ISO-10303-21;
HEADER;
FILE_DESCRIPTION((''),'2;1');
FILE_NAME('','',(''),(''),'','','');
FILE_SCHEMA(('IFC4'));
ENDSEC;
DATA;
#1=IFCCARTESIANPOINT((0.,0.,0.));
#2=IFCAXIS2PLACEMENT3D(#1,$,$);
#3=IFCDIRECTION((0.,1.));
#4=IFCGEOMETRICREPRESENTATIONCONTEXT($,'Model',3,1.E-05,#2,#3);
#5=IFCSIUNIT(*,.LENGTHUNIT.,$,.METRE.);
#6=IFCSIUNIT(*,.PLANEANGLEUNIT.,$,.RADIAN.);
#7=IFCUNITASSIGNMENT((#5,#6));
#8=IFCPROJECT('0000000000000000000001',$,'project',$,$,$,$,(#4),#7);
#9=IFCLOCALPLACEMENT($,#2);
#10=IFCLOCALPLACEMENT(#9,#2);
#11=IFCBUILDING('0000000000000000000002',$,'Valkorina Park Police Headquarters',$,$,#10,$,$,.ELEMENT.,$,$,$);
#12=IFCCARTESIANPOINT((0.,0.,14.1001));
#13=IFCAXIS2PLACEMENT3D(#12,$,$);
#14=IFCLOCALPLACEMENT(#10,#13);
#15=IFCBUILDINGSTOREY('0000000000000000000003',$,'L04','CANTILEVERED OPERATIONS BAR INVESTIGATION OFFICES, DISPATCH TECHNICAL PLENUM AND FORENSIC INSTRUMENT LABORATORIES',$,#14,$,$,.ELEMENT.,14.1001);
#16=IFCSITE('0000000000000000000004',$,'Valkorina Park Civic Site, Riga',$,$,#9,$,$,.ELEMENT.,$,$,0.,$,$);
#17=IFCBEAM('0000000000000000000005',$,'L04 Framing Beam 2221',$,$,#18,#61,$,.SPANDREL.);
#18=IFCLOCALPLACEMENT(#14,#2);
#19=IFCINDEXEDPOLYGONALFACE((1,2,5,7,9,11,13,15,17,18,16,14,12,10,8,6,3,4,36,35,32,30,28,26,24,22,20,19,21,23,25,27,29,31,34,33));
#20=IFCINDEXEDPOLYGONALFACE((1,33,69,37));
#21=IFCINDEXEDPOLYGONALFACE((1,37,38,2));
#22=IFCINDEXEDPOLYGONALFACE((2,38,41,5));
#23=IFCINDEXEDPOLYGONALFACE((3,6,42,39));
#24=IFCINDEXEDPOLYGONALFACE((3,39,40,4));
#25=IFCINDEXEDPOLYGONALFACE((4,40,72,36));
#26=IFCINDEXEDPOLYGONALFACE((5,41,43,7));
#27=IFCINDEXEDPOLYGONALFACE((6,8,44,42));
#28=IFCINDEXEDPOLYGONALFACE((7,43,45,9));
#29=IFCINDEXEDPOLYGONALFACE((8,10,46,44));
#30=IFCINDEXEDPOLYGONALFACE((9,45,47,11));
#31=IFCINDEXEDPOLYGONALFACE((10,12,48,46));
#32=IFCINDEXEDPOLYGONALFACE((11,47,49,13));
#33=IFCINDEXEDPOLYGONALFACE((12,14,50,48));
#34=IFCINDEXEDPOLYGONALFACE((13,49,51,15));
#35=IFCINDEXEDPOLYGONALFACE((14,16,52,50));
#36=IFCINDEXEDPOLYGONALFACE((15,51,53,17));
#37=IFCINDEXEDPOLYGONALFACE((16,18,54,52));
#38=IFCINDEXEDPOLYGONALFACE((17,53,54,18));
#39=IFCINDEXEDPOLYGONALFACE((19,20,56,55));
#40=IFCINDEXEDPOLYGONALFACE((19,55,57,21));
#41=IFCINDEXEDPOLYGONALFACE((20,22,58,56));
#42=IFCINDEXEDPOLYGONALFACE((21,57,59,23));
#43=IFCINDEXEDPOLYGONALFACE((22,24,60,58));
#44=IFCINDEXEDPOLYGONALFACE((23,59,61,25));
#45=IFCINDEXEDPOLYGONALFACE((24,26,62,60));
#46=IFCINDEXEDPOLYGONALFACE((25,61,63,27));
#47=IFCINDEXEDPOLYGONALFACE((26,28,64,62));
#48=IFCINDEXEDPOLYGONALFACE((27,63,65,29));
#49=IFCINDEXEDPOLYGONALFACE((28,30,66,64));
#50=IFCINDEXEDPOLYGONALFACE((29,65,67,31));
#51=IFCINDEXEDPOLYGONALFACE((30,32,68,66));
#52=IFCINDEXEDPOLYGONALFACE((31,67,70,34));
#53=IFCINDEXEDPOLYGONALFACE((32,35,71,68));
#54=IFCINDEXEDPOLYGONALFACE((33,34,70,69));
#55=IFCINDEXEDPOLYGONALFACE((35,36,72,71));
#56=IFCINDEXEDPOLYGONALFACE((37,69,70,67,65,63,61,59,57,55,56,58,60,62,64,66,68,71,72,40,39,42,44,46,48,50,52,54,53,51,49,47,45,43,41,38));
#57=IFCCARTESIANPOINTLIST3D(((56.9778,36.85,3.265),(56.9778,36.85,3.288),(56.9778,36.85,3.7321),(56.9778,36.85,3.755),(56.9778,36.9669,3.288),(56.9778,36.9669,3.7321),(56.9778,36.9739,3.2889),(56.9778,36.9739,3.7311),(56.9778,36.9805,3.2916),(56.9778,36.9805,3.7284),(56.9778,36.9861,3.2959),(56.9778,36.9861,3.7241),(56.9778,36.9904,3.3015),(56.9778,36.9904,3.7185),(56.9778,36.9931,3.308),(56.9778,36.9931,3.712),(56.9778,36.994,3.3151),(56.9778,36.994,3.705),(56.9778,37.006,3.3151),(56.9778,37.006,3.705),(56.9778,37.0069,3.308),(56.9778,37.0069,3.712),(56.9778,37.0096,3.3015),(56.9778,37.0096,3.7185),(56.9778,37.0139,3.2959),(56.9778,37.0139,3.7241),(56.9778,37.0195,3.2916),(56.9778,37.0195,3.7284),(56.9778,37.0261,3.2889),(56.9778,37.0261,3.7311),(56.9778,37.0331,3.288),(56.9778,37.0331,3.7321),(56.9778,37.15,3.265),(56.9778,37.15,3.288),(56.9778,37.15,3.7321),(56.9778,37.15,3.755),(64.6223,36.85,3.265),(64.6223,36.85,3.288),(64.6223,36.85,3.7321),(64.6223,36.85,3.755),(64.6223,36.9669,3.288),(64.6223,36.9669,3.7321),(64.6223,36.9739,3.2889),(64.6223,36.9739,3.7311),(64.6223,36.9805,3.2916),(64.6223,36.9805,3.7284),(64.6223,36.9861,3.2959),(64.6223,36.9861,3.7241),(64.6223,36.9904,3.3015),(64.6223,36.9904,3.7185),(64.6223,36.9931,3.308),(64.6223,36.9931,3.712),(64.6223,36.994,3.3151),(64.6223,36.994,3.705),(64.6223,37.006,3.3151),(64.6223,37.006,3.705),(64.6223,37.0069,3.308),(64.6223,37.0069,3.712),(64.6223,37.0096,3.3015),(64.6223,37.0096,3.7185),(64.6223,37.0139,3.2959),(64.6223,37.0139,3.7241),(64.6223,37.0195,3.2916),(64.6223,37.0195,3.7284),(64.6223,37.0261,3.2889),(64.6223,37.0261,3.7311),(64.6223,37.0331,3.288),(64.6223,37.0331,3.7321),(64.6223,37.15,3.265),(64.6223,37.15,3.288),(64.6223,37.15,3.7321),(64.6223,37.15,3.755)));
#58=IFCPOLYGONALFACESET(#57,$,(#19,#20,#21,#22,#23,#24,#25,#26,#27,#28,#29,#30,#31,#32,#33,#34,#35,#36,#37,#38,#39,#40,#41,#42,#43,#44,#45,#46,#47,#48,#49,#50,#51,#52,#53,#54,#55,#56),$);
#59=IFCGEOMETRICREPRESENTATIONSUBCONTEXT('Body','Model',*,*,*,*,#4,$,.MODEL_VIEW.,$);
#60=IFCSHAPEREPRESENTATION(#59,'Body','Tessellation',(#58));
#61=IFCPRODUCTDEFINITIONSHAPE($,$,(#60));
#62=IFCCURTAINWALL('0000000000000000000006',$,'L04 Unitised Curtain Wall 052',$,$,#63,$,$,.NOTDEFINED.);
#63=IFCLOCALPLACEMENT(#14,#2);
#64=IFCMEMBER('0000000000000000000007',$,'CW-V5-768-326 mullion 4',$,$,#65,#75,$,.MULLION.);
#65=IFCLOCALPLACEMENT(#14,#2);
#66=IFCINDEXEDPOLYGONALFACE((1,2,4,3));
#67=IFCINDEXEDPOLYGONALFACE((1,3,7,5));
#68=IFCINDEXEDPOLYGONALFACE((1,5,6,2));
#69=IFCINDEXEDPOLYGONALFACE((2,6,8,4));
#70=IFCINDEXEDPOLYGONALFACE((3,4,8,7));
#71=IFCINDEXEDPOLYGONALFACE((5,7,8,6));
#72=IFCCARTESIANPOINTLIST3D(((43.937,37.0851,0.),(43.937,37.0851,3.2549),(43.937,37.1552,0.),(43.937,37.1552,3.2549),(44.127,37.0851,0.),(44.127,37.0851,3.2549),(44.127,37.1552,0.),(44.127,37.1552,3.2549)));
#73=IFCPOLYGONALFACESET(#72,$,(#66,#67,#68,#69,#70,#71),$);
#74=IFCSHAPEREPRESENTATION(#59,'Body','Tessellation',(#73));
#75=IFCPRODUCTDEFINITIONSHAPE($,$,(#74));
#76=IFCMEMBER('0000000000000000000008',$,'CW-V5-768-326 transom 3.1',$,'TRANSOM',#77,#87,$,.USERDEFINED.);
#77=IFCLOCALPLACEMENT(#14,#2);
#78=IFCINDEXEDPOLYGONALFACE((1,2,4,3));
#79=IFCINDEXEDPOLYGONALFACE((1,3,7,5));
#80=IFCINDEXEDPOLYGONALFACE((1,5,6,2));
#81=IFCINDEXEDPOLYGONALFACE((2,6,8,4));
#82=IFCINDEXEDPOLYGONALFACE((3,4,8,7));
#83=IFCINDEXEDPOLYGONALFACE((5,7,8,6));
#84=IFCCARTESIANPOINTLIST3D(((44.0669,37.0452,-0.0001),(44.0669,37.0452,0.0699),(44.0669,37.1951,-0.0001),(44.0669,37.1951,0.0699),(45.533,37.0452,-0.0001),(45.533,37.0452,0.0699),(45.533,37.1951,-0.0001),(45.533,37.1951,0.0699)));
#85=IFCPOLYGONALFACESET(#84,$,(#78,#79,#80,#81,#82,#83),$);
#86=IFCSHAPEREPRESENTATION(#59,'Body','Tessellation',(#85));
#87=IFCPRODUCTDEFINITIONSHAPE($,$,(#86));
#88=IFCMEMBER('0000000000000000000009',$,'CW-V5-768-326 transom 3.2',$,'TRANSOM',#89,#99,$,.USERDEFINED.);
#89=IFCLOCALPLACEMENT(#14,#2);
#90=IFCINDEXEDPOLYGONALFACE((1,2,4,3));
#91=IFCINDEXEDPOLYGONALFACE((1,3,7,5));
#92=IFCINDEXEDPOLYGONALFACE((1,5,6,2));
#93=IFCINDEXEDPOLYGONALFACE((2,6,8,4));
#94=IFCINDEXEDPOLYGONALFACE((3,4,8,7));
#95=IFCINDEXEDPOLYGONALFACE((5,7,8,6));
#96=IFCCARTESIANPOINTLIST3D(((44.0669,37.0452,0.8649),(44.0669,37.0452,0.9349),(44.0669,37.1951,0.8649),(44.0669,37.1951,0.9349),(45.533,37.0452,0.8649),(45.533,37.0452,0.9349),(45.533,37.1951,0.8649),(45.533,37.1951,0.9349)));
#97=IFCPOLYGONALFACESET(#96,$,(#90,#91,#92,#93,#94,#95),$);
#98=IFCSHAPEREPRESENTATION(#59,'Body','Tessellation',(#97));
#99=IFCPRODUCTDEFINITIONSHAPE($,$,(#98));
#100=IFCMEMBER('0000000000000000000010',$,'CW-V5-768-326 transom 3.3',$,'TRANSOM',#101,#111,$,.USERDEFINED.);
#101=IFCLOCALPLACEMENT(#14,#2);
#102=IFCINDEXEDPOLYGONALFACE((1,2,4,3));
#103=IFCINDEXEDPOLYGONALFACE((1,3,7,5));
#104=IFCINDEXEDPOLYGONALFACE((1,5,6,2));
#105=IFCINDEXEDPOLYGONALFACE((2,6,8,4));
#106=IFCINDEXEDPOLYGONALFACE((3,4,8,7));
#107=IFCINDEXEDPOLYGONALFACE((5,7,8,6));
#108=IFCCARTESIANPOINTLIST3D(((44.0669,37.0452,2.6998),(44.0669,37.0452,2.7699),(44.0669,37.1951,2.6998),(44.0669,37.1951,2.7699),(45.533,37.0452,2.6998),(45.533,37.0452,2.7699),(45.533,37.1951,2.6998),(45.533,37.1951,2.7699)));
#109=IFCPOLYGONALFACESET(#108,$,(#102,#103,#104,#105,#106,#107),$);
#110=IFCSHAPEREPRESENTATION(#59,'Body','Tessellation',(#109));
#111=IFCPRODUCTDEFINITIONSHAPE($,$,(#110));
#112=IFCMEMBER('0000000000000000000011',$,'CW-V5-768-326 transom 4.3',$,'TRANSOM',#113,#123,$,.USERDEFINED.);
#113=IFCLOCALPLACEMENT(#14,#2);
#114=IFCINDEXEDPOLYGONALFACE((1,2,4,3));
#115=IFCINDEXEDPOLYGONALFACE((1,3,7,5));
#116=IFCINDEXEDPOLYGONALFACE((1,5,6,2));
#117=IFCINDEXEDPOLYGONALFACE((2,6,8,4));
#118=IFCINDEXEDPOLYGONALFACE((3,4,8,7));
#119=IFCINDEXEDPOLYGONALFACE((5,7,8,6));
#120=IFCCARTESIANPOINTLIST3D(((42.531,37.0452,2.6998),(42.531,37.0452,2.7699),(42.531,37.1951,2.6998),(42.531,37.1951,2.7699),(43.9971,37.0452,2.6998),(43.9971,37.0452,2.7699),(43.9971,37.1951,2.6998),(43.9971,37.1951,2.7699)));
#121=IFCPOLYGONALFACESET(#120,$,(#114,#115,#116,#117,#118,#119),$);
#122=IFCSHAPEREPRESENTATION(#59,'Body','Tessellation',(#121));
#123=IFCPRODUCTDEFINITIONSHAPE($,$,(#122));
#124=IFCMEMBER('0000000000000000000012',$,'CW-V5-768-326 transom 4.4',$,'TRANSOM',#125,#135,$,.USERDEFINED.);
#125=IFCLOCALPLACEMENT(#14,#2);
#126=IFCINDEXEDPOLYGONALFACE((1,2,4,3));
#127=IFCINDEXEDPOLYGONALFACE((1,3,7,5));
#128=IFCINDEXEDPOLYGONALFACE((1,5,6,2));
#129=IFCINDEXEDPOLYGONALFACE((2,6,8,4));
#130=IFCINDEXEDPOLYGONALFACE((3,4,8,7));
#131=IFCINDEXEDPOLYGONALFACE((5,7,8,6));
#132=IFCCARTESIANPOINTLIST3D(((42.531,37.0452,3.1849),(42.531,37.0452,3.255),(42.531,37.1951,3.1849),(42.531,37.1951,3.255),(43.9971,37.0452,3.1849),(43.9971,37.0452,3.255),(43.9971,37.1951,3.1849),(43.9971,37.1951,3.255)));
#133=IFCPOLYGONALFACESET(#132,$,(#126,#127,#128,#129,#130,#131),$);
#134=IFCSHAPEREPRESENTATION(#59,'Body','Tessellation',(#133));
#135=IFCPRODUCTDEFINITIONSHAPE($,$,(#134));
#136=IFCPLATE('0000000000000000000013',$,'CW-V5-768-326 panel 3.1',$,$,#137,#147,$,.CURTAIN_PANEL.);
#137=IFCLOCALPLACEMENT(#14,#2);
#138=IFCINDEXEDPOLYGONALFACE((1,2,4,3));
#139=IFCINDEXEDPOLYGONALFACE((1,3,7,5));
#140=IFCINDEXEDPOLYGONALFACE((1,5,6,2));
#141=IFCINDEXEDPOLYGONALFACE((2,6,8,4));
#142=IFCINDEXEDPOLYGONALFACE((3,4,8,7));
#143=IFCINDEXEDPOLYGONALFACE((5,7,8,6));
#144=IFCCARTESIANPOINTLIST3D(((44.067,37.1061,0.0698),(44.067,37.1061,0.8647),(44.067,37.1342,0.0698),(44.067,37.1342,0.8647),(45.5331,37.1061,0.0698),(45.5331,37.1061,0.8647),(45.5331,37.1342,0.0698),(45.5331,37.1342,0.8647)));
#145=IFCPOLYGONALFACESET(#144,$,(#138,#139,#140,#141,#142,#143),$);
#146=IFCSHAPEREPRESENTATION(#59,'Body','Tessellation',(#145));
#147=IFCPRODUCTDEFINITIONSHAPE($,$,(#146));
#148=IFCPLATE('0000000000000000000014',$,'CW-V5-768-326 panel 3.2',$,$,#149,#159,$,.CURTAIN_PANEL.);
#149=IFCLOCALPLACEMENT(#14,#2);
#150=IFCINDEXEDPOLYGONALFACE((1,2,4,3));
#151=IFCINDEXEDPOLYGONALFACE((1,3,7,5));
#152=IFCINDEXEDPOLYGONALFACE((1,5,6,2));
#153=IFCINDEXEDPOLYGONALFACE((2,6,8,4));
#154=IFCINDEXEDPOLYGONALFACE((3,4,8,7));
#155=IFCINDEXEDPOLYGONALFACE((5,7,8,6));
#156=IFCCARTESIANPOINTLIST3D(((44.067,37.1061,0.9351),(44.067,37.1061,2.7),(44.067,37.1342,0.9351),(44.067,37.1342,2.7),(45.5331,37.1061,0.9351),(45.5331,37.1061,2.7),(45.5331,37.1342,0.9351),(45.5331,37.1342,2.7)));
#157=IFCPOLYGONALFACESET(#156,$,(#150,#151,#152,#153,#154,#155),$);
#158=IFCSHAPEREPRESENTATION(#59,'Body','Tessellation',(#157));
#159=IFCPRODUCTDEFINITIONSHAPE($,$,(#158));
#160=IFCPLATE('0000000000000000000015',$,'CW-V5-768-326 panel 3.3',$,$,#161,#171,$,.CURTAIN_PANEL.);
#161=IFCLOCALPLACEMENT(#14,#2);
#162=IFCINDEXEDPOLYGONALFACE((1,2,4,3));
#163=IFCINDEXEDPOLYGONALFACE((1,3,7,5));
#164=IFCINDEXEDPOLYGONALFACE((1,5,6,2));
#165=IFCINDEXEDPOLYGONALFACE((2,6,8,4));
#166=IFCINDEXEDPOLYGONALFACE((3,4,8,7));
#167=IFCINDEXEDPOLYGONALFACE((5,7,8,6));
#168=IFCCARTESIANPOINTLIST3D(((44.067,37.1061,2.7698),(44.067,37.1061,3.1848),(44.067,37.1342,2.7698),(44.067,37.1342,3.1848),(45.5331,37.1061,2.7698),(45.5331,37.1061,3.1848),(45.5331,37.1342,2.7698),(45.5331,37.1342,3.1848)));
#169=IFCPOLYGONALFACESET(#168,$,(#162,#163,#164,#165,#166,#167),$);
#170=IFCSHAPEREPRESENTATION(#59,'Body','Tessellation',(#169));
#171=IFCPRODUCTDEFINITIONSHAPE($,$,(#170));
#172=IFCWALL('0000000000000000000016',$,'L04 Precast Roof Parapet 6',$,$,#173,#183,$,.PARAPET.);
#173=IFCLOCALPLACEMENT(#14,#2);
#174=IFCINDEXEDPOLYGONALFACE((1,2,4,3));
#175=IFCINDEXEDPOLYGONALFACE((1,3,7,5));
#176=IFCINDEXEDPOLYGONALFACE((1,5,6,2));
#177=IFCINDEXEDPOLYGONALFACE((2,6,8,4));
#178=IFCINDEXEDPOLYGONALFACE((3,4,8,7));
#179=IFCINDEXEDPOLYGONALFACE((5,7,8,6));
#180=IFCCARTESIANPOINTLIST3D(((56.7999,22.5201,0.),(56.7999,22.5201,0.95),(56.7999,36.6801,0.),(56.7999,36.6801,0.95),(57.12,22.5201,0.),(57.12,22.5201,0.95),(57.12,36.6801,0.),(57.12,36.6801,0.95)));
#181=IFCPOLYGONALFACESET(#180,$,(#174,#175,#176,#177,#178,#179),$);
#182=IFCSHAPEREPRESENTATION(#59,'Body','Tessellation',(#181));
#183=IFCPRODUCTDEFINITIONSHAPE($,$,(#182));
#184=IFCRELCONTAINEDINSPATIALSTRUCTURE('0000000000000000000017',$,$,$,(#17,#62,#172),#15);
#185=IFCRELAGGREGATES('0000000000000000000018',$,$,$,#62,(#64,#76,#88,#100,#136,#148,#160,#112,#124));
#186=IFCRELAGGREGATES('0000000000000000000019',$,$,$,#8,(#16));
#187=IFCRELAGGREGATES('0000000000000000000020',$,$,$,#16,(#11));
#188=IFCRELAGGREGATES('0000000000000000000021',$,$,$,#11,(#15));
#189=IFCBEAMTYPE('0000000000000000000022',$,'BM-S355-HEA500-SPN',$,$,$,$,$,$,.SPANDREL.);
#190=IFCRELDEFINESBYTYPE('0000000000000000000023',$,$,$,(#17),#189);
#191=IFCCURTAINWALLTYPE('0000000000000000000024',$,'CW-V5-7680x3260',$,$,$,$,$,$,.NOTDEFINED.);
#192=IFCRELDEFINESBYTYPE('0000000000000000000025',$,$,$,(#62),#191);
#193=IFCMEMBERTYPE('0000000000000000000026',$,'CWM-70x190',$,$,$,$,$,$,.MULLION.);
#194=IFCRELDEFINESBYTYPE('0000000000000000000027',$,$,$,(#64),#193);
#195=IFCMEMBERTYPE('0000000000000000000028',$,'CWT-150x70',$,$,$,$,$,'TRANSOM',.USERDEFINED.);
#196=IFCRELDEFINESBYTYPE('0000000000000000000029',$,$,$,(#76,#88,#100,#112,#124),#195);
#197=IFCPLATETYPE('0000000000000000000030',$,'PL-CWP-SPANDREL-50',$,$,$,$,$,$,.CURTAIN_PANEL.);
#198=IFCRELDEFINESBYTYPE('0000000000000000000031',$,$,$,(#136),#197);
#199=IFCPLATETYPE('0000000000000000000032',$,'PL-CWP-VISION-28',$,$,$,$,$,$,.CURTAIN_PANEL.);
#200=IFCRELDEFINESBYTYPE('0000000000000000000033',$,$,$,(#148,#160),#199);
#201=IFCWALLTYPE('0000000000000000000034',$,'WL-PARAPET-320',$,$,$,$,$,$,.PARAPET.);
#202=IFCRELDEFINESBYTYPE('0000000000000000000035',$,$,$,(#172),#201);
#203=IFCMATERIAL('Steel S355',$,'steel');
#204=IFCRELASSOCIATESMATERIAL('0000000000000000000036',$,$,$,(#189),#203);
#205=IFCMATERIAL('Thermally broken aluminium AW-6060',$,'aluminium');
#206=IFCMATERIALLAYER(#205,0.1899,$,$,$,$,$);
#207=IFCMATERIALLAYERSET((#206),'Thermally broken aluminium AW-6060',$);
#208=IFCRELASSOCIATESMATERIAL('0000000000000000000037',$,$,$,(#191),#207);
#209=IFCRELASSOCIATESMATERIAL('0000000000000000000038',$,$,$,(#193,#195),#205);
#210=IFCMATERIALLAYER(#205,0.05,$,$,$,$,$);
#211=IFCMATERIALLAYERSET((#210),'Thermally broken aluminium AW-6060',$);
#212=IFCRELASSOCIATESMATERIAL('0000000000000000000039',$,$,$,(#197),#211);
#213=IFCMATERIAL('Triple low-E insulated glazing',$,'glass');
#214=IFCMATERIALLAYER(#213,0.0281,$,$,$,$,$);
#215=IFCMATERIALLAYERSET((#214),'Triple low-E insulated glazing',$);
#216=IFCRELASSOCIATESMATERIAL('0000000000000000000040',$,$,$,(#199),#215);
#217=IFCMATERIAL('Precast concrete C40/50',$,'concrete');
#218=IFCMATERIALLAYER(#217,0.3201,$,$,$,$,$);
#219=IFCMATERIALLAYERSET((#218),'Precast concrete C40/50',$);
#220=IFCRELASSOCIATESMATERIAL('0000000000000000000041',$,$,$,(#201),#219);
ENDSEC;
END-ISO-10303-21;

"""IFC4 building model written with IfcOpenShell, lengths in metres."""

from ifc_helpers import new_model, si_unit, direction, frame, frame_2d, origin, origin_2d, place, context, subcontext, project, spatial, rectangle, i_section, extrude, material, layer, layer_set, material_profile, profile_set, type_object, element, aggregate, save


model = new_model("IFC4")

# Units and contexts
model_context = context("Model", 3, precision=1e-05, world=origin(), true_north=direction((0.0, 1.0)))
body_context = subcontext(model_context, "Body", "Model", "MODEL_VIEW")
ifc_project = project(units=[si_unit("LENGTHUNIT", "METRE"), si_unit("PLANEANGLEUNIT", "RADIAN")], contexts=[model_context])

# Site, building, storey
site_placement = place(None, origin())
site = spatial("IfcSite", under=ifc_project, at=site_placement, Name="Valkorina Park Civic Site, Riga", CompositionType="ELEMENT", RefElevation=0.0)
building_placement = place(site_placement, origin())
building = spatial("IfcBuilding", under=site, at=building_placement, Name="Valkorina Park Police Headquarters", CompositionType="ELEMENT")
storey_placement = place(building_placement, frame((0.0, 0.0, 14.1001)))
storey = spatial("IfcBuildingStorey", under=building, at=storey_placement, Name="L04", Description="CANTILEVERED OPERATIONS BAR INVESTIGATION OFFICES, DISPATCH TECHNICAL PLENUM AND FORENSIC INSTRUMENT LABORATORIES", CompositionType="ELEMENT", Elevation=14.1001)

# Shared definitions
ifc_material_1 = material(Name="Steel S355", Category="steel")

# Beam
ifc_material_profile_1 = material_profile(ifc_material_1, i_section(OverallWidth=0.3, OverallDepth=0.49, WebThickness=0.012, FlangeThickness=0.0229, FilletRadius=0.0271, at=origin_2d()), Name="HEA 500")
ifc_profile_set_1 = profile_set([ifc_material_profile_1], Name="Steel S355")
beam_type = type_object("IfcBeamType", Name="BM-S355-HEA500-SPN", PredefinedType="SPANDREL", material=ifc_profile_set_1)
beam_1_placement = place(storey_placement, frame((56.9778, 37.0, 3.51), z_axis=(1.0, 0.0, 0.0), x_axis=(0.0, 1.0, 0.0)))
element("IfcBeam", 1, at=beam_1_placement, inside=storey, type_object=beam_type, Name="L04 Framing Beam 2221", PredefinedType="SPANDREL", context=body_context, shape_type="SweptSolid", body=[
    extrude(i_section(OverallWidth=0.3, OverallDepth=0.49, WebThickness=0.012, FlangeThickness=0.0229, FilletRadius=0.0271, at=origin_2d()), origin(), (0.0, 0.0, 1.0), 7.6445),
])

# Curtain wall, members, plates
ifc_material_2 = material(Name="Thermally broken aluminium AW-6060", Category="aluminium")
ifc_layer_1 = layer(ifc_material_2, 0.1899)
ifc_layer_set_1 = layer_set([ifc_layer_1], Name="Thermally broken aluminium AW-6060")
curtain_wall_type = type_object("IfcCurtainWallType", Name="CW-V5-7680x3260", PredefinedType="NOTDEFINED", material=ifc_layer_set_1)
curtain_wall_placement = place(storey_placement, origin())
curtain_wall = element("IfcCurtainWall", 2, at=curtain_wall_placement, inside=storey, type_object=curtain_wall_type, Name="L04 Unitised Curtain Wall 052", PredefinedType="NOTDEFINED")
ifc_material_profile_2 = material_profile(ifc_material_2, rectangle(XDim=0.0701, YDim=0.1899, at=origin_2d()), Name="CWM-02 70x190")
ifc_profile_set_2 = profile_set([ifc_material_profile_2], Name="Thermally broken aluminium AW-6060")
member_type_1 = type_object("IfcMemberType", Name="CWM-70x190", PredefinedType="MULLION", material=ifc_profile_set_2)
member_1_placement = place(storey_placement, frame((44.032, 37.1201, 0.0), z_axis=(0.0, 0.0, 1.0), x_axis=(0.0, -1.0, 0.0)))
member_1 = element("IfcMember", 3, at=member_1_placement, type_object=member_type_1, Name="CW-V5-768-326 mullion 4", PredefinedType="MULLION", context=body_context, shape_type="SweptSolid", body=[
    extrude(rectangle(XDim=0.0701, YDim=0.1899, at=origin_2d()), origin(), (0.0, 0.0, 1.0), 3.2549),
])
ifc_material_profile_3 = material_profile(ifc_material_2, rectangle(XDim=0.1499, YDim=0.0701, at=origin_2d()), Name="CWT-02 150x70")
ifc_profile_set_3 = profile_set([ifc_material_profile_3], Name="Thermally broken aluminium AW-6060")
member_type_2 = type_object("IfcMemberType", Name="CWT-150x70", ElementType="TRANSOM", PredefinedType="USERDEFINED", material=ifc_profile_set_3)
member_2_placement = place(storey_placement, frame((45.533, 37.1201, 0.0349), z_axis=(-1.0, 0.0, 0.0), x_axis=(0.0, -1.0, 0.0)))
member_2 = element("IfcMember", 4, at=member_2_placement, type_object=member_type_2, Name="CW-V5-768-326 transom 3.1", ObjectType="TRANSOM", PredefinedType="USERDEFINED", context=body_context, shape_type="SweptSolid", body=[
    extrude(rectangle(XDim=0.1499, YDim=0.0701, at=origin_2d()), origin(), (0.0, 0.0, 1.0), 1.4661),
])
member_3_placement = place(storey_placement, frame((45.533, 37.1201, 0.8999), z_axis=(-1.0, 0.0, 0.0), x_axis=(0.0, -1.0, 0.0)))
member_3 = element("IfcMember", 5, at=member_3_placement, type_object=member_type_2, Name="CW-V5-768-326 transom 3.2", ObjectType="TRANSOM", PredefinedType="USERDEFINED", context=body_context, shape_type="SweptSolid", body=[
    extrude(rectangle(XDim=0.1499, YDim=0.0701, at=origin_2d()), origin(), (0.0, 0.0, 1.0), 1.4661),
])
member_4_placement = place(storey_placement, frame((45.533, 37.1201, 2.7349), z_axis=(-1.0, 0.0, 0.0), x_axis=(0.0, -1.0, 0.0)))
member_4 = element("IfcMember", 6, at=member_4_placement, type_object=member_type_2, Name="CW-V5-768-326 transom 3.3", ObjectType="TRANSOM", PredefinedType="USERDEFINED", context=body_context, shape_type="SweptSolid", body=[
    extrude(rectangle(XDim=0.1499, YDim=0.0701, at=origin_2d()), origin(), (0.0, 0.0, 1.0), 1.4661),
])
member_5_placement = place(storey_placement, frame((43.9971, 37.1201, 2.7349), z_axis=(-1.0, 0.0, 0.0), x_axis=(0.0, -1.0, 0.0)))
member_5 = element("IfcMember", 7, at=member_5_placement, type_object=member_type_2, Name="CW-V5-768-326 transom 4.3", ObjectType="TRANSOM", PredefinedType="USERDEFINED", context=body_context, shape_type="SweptSolid", body=[
    extrude(rectangle(XDim=0.1499, YDim=0.0701, at=origin_2d()), origin(), (0.0, 0.0, 1.0), 1.4661),
])
member_6_placement = place(storey_placement, frame((43.9971, 37.1201, 3.22), z_axis=(-1.0, 0.0, 0.0), x_axis=(0.0, -1.0, 0.0)))
member_6 = element("IfcMember", 8, at=member_6_placement, type_object=member_type_2, Name="CW-V5-768-326 transom 4.4", ObjectType="TRANSOM", PredefinedType="USERDEFINED", context=body_context, shape_type="SweptSolid", body=[
    extrude(rectangle(XDim=0.1499, YDim=0.0701, at=origin_2d()), origin(), (0.0, 0.0, 1.0), 1.4661),
])
ifc_layer_2 = layer(ifc_material_2, 0.05)
ifc_layer_set_2 = layer_set([ifc_layer_2], Name="Thermally broken aluminium AW-6060")
plate_type_1 = type_object("IfcPlateType", Name="PL-CWP-SPANDREL-50", PredefinedType="CURTAIN_PANEL", material=ifc_layer_set_2)
plate_1_placement = place(storey_placement, frame((44.8, 37.1201, 0.0698), z_axis=(0.0, 0.0, 1.0), x_axis=(-1.0, 0.0, 0.0)))
plate_1 = element("IfcPlate", 9, at=plate_1_placement, type_object=plate_type_1, Name="CW-V5-768-326 panel 3.1", PredefinedType="CURTAIN_PANEL", context=body_context, shape_type="SweptSolid", body=[
    extrude(rectangle(XDim=1.4661, YDim=0.0281, at=origin_2d()), origin(), (0.0, 0.0, 1.0), 0.7949),
])
ifc_material_3 = material(Name="Triple low-E insulated glazing", Category="glass")
ifc_layer_3 = layer(ifc_material_3, 0.0281)
ifc_layer_set_3 = layer_set([ifc_layer_3], Name="Triple low-E insulated glazing")
plate_type_2 = type_object("IfcPlateType", Name="PL-CWP-VISION-28", PredefinedType="CURTAIN_PANEL", material=ifc_layer_set_3)
plate_2_placement = place(storey_placement, frame((44.8, 37.1201, 0.9351), z_axis=(0.0, 0.0, 1.0), x_axis=(-1.0, 0.0, 0.0)))
plate_2 = element("IfcPlate", 10, at=plate_2_placement, type_object=plate_type_2, Name="CW-V5-768-326 panel 3.2", PredefinedType="CURTAIN_PANEL", context=body_context, shape_type="SweptSolid", body=[
    extrude(rectangle(XDim=1.4661, YDim=0.0281, at=origin_2d()), origin(), (0.0, 0.0, 1.0), 1.7649),
])
plate_3_placement = place(storey_placement, frame((44.8, 37.1201, 2.7698), z_axis=(0.0, 0.0, 1.0), x_axis=(-1.0, 0.0, 0.0)))
plate_3 = element("IfcPlate", 11, at=plate_3_placement, type_object=plate_type_2, Name="CW-V5-768-326 panel 3.3", PredefinedType="CURTAIN_PANEL", context=body_context, shape_type="SweptSolid", body=[
    extrude(rectangle(XDim=1.4661, YDim=0.0281, at=origin_2d()), origin(), (0.0, 0.0, 1.0), 0.415),
])
aggregate(curtain_wall, [member_1, member_2, member_3, member_4, plate_1, plate_2, plate_3, member_5, member_6])

# Wall
ifc_material_4 = material(Name="Precast concrete C40/50", Category="concrete")
ifc_layer_4 = layer(ifc_material_4, 0.3201)
ifc_layer_set_4 = layer_set([ifc_layer_4], Name="Precast concrete C40/50")
wall_type = type_object("IfcWallType", Name="WL-PARAPET-320", PredefinedType="PARAPET", material=ifc_layer_set_4)
wall_placement = place(storey_placement, frame((56.96, 22.52, 0.0), z_axis=(0.0, 0.0, 1.0), x_axis=(0.0, 1.0, 0.0)))
element("IfcWall", 12, at=wall_placement, inside=storey, type_object=wall_type, Name="L04 Precast Roof Parapet 6", PredefinedType="PARAPET", context=body_context, shape_type="SweptSolid", body=[
    extrude(rectangle(XDim=14.1599, YDim=0.3201, at=frame_2d((7.0801, 0.0))), origin(), (0.0, 0.0, 1.0), 0.95),
])

save(model, "model.ifc")
